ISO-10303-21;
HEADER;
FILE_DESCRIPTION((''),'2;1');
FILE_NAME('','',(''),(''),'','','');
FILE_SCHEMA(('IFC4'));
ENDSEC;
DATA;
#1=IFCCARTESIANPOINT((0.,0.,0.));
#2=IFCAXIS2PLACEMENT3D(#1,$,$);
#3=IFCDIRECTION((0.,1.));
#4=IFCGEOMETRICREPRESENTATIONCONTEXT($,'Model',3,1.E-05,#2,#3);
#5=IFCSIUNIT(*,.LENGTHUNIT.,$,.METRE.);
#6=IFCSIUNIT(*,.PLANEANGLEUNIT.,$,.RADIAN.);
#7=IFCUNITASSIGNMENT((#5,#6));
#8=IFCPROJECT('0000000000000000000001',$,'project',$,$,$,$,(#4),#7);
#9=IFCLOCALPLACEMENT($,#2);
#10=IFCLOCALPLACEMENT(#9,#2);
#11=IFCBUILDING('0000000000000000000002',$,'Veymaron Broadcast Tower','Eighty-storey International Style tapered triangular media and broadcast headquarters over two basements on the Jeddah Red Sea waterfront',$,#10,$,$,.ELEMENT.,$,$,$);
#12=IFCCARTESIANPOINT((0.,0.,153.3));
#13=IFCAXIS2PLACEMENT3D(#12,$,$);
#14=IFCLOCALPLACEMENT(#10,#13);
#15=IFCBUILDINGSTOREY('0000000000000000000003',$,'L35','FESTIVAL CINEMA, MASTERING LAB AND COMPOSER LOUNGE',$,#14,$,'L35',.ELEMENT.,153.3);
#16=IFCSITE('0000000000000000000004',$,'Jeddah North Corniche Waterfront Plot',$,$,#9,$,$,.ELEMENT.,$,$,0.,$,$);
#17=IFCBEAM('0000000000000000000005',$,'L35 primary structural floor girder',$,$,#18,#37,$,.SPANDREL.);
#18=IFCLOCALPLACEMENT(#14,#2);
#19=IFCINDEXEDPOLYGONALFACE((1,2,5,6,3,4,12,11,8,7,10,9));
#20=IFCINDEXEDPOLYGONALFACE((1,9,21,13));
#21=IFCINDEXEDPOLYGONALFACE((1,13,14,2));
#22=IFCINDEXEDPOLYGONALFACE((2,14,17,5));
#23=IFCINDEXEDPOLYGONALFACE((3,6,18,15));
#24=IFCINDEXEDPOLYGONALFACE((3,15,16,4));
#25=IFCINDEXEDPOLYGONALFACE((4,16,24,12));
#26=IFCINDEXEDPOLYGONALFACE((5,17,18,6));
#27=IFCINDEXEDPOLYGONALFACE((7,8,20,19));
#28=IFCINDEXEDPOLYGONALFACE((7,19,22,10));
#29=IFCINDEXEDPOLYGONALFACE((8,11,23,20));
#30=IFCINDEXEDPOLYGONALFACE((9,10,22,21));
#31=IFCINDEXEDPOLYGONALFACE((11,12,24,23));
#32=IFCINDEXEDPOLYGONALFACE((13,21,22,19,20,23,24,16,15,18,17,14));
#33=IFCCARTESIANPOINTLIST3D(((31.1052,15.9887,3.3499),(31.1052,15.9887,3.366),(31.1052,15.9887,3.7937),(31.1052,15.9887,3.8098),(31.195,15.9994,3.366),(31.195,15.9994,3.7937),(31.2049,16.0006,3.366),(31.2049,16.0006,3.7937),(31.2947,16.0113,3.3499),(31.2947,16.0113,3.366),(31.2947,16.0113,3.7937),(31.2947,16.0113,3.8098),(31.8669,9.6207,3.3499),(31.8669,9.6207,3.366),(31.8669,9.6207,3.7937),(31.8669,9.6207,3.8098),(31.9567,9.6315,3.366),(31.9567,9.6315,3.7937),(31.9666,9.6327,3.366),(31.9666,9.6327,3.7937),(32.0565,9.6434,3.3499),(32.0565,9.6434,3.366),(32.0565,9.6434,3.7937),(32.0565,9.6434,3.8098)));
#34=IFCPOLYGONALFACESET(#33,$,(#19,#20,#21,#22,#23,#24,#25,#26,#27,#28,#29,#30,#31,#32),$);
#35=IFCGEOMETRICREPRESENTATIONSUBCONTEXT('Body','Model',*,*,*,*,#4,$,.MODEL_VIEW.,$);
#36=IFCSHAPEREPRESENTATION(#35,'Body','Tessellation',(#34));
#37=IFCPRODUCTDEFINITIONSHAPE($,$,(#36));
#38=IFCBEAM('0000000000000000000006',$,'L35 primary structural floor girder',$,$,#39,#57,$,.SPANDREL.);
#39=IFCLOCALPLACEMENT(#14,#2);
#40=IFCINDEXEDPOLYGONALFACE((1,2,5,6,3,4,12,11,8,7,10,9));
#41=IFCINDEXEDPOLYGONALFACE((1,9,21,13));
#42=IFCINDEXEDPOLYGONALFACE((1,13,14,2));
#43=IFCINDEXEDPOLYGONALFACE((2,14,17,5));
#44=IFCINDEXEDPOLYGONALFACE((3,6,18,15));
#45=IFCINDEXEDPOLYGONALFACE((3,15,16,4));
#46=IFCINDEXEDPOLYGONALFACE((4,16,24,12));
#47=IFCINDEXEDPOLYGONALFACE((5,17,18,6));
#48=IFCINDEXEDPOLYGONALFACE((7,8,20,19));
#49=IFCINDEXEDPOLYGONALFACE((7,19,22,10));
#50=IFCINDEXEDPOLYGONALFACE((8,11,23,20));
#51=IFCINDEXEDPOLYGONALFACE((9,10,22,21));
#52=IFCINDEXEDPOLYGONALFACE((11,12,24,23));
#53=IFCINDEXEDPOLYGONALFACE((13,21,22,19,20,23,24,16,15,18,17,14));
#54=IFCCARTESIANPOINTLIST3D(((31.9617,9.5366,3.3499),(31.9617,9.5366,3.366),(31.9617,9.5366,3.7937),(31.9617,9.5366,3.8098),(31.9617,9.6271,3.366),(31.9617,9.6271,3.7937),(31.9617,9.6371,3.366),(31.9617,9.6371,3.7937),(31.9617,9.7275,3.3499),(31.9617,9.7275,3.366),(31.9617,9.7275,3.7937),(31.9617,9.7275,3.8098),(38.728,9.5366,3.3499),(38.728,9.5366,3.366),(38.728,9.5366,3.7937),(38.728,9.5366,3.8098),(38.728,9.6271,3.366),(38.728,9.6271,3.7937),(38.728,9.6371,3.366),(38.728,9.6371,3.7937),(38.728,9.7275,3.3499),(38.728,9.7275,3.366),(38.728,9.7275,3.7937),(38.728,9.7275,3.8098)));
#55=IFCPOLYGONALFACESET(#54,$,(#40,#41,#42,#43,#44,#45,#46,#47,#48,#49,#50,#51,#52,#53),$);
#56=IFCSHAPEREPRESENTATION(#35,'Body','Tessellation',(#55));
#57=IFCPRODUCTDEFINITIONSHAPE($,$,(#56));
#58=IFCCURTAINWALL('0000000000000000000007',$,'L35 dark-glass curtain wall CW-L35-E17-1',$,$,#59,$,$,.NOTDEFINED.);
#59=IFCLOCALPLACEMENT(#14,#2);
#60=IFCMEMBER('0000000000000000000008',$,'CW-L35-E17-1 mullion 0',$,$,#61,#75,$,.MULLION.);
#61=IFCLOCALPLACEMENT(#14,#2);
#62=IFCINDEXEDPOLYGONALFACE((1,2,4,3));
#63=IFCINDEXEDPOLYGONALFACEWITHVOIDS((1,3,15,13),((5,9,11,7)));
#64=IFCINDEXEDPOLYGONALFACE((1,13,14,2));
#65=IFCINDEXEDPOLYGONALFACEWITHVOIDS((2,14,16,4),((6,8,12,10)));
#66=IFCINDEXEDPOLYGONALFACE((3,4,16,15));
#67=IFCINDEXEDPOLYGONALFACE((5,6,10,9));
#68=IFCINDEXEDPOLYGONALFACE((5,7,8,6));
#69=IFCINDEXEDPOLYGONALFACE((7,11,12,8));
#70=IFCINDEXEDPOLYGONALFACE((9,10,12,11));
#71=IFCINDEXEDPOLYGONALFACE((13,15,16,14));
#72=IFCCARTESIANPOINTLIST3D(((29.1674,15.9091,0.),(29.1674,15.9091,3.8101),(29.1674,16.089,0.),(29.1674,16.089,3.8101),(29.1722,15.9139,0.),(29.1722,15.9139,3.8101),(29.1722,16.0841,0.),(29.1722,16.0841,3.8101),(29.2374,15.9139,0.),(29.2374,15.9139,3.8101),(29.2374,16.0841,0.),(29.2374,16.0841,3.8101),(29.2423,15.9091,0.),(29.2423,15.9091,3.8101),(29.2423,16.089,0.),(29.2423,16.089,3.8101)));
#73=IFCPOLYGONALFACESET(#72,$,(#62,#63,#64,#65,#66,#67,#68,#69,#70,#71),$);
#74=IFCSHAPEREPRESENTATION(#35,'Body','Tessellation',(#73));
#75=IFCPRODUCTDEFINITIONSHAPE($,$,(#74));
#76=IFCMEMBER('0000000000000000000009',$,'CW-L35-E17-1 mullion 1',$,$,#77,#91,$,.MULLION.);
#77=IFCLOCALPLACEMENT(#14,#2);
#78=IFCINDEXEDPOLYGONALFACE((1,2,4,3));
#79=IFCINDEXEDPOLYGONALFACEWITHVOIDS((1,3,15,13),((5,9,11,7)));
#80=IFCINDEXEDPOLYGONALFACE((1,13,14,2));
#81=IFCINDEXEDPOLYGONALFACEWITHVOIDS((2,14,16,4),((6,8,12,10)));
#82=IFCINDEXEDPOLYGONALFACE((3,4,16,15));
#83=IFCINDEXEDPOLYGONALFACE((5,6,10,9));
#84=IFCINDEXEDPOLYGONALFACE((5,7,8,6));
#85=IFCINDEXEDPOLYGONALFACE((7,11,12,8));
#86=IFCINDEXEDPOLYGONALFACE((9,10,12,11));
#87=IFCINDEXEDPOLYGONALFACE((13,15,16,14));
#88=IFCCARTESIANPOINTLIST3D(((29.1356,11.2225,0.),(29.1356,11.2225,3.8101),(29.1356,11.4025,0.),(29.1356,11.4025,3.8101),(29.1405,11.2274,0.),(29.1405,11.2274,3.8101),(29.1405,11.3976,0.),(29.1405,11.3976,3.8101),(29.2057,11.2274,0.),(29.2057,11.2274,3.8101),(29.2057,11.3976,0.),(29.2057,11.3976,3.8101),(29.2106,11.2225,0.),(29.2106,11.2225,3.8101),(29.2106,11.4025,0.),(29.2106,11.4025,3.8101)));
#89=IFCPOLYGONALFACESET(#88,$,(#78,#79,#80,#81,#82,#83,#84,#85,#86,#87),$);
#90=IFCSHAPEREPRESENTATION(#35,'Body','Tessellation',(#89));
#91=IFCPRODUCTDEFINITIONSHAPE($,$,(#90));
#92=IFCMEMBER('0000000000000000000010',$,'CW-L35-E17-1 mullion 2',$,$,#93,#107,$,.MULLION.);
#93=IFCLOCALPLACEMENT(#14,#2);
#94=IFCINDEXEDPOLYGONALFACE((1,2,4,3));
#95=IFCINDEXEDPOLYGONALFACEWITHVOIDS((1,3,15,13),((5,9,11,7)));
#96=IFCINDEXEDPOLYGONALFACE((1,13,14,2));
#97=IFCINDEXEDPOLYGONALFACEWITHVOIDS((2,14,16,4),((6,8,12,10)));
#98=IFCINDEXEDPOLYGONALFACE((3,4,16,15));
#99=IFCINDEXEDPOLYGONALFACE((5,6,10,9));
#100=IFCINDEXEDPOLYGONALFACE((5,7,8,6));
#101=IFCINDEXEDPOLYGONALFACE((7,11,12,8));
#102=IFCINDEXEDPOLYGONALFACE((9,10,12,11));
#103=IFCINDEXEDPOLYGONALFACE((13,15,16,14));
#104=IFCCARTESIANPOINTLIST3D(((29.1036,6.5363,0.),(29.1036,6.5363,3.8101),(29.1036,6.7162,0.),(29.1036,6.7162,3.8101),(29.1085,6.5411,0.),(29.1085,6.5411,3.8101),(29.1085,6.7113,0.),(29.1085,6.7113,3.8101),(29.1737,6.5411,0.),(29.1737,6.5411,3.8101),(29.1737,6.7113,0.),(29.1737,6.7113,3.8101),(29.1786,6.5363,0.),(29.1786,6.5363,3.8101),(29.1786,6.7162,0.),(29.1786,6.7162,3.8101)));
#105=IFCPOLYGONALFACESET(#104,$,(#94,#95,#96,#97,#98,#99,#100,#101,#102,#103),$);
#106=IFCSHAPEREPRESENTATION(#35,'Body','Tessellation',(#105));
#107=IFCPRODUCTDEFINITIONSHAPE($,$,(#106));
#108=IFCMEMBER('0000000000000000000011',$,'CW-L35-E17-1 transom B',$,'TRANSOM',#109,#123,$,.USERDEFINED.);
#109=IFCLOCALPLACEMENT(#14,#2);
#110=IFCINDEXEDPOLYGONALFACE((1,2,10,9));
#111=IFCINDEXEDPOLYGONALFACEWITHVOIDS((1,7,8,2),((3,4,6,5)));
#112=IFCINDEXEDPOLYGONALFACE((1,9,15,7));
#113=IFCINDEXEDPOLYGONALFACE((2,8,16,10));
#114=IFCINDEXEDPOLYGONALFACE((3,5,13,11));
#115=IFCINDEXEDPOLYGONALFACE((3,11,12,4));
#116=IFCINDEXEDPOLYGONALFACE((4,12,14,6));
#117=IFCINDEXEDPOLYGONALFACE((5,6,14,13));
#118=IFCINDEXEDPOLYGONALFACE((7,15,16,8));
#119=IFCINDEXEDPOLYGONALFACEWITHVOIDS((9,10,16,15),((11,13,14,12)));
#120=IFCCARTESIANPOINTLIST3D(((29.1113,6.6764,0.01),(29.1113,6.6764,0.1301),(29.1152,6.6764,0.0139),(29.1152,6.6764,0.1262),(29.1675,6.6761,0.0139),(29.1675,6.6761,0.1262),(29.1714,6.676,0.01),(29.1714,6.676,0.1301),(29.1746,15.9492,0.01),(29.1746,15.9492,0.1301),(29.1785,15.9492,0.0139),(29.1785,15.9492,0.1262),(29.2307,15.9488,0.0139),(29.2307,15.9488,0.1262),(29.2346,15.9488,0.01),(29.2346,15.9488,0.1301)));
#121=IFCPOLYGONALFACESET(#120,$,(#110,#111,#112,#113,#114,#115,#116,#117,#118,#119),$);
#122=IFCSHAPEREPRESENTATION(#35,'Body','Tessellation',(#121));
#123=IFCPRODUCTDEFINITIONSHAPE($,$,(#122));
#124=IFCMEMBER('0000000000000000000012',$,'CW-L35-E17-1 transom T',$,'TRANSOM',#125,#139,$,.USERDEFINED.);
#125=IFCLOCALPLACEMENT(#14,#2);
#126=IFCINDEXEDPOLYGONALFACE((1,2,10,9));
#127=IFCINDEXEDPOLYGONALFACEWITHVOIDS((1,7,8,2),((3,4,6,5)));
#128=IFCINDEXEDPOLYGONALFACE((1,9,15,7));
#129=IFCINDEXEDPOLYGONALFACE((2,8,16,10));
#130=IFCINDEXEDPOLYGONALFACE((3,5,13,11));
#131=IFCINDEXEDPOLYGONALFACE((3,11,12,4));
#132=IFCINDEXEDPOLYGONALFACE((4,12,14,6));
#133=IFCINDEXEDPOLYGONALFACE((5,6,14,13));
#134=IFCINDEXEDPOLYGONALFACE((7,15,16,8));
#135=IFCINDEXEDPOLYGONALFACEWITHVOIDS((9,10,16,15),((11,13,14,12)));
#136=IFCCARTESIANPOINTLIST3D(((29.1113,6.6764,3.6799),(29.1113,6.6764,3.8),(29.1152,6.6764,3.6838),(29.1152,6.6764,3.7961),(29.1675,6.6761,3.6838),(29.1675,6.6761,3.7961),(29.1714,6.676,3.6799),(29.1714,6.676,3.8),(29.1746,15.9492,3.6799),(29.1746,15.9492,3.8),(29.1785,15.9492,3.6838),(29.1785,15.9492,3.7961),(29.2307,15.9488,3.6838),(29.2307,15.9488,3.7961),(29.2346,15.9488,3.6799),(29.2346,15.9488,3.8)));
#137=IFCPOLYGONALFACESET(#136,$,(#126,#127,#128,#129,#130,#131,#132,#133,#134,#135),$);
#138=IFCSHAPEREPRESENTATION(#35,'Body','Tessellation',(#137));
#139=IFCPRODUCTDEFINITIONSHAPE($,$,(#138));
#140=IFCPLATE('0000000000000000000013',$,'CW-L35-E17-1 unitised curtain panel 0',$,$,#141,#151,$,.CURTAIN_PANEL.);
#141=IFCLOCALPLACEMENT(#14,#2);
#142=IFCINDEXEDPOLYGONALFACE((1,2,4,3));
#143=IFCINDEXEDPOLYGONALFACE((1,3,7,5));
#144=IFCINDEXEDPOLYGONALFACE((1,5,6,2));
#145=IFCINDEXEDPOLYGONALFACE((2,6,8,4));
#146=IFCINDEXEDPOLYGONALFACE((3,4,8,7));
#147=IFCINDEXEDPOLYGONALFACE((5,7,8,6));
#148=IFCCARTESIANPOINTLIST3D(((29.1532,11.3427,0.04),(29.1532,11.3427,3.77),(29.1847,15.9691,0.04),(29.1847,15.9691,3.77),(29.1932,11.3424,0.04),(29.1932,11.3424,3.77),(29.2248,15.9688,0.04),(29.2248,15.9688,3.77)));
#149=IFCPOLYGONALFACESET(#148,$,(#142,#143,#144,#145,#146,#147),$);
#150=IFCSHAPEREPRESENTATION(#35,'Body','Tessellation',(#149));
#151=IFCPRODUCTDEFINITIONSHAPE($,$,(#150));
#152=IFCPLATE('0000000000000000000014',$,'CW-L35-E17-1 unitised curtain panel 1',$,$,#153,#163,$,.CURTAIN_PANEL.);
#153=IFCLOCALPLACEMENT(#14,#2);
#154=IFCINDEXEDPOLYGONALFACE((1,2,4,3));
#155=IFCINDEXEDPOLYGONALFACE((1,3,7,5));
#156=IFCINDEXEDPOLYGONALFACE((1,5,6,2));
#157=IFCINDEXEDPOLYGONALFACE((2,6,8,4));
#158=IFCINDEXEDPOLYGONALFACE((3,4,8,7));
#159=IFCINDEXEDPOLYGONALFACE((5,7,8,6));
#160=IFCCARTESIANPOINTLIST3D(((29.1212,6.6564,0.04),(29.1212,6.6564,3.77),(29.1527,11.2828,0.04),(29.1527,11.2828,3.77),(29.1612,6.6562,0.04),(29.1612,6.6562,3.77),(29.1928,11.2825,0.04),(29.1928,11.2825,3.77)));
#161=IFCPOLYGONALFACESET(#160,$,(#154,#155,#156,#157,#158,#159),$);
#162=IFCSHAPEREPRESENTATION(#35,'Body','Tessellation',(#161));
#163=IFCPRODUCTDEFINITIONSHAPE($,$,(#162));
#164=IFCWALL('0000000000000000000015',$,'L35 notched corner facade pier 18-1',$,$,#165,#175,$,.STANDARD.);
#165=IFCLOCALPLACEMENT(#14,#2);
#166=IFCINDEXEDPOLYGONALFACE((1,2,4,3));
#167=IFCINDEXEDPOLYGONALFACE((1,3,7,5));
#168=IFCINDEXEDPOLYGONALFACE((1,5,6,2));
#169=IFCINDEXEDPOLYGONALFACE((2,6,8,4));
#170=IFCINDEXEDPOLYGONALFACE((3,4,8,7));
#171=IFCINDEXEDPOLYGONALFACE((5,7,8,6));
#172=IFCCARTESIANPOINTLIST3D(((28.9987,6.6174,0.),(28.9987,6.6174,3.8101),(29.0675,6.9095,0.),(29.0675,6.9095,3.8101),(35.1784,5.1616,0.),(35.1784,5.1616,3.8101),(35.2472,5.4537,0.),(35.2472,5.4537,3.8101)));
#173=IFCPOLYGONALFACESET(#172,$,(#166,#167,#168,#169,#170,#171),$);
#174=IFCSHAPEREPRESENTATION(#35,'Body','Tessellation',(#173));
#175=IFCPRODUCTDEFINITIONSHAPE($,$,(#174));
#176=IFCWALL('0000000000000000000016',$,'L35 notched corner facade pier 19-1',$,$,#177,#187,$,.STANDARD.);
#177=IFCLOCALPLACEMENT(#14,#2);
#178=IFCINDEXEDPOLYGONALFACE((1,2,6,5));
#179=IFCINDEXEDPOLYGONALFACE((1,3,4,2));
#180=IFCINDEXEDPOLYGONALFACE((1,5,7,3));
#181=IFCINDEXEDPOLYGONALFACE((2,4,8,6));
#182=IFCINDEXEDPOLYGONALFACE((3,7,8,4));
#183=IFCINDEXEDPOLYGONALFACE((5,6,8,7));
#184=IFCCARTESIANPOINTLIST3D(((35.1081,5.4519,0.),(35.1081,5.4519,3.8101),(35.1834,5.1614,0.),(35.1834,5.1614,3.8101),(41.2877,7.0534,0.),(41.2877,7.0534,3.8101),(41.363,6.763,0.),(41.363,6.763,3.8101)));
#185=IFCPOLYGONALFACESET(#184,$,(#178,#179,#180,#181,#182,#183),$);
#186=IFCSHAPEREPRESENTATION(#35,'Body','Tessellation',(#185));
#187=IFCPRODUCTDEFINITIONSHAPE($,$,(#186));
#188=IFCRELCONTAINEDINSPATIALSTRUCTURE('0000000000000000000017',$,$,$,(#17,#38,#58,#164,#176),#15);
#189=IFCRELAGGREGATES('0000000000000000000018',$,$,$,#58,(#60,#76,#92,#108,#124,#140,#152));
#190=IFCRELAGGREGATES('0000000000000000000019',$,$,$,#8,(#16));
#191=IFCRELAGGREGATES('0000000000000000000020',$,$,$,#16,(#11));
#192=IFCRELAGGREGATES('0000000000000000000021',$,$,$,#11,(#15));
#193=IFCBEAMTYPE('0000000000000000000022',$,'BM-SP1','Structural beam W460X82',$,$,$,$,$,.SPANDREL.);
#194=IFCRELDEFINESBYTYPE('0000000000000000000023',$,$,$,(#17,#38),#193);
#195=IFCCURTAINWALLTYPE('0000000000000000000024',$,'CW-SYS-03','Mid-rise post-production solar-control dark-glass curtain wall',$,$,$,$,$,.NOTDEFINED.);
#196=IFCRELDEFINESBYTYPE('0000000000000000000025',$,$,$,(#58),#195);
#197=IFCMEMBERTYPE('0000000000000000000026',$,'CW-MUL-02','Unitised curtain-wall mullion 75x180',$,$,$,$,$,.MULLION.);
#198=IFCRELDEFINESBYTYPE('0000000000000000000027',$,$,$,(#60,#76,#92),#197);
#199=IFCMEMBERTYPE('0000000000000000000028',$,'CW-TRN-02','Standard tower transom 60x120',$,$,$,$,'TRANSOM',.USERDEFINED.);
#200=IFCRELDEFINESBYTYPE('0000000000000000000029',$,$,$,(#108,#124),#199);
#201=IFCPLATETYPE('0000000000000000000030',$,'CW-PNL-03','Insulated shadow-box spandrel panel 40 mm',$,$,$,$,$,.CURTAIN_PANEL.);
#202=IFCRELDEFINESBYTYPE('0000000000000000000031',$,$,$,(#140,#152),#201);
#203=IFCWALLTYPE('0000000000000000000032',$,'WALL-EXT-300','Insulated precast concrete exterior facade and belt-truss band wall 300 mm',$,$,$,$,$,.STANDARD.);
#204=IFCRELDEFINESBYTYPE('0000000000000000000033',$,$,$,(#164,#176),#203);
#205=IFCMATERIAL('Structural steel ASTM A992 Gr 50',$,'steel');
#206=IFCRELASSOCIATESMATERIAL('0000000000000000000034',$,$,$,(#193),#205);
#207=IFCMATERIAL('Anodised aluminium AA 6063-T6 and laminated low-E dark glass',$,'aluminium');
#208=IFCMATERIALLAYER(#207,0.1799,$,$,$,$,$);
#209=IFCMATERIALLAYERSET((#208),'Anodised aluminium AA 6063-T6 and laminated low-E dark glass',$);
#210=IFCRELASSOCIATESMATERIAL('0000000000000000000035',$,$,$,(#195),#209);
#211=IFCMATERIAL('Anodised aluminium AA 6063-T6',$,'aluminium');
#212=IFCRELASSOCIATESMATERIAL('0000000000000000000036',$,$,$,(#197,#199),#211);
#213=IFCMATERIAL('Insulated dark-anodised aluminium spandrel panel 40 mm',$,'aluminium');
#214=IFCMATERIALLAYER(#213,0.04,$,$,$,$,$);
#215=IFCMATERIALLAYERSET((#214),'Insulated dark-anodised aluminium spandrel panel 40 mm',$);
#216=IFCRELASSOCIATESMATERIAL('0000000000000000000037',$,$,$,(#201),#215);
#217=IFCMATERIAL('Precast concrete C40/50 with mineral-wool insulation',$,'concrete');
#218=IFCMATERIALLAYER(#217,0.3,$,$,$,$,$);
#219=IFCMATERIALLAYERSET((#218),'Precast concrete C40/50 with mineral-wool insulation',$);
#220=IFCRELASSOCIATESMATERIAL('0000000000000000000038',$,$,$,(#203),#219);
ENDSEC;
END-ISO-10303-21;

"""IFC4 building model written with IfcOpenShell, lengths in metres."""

from ifc_helpers import new_model, si_unit, direction, frame, frame_2d, origin, origin_2d, place, context, subcontext, project, spatial, rectangle, hollow_rectangle, i_section, extrude, material, layer, layer_set, material_profile, profile_set, type_object, element, aggregate, save


model = new_model("IFC4")

# Units and contexts
model_context = context("Model", 3, precision=1e-05, world=origin(), true_north=direction((0.0, 1.0)))
body_context = subcontext(model_context, "Body", "Model", "MODEL_VIEW")
ifc_project = project(units=[si_unit("LENGTHUNIT", "METRE"), si_unit("PLANEANGLEUNIT", "RADIAN")], contexts=[model_context])

# Site, building, storey
site_placement = place(None, origin())
site = spatial("IfcSite", under=ifc_project, at=site_placement, Name="Jeddah North Corniche Waterfront Plot", CompositionType="ELEMENT", RefElevation=0.0)
building_placement = place(site_placement, origin())
building = spatial("IfcBuilding", under=site, at=building_placement, Name="Veymaron Broadcast Tower", Description="Eighty-storey International Style tapered triangular media and broadcast headquarters over two basements on the Jeddah Red Sea waterfront", CompositionType="ELEMENT")
storey_placement = place(building_placement, frame((0.0, 0.0, 153.3)))
storey = spatial("IfcBuildingStorey", under=building, at=storey_placement, Name="L35", Description="FESTIVAL CINEMA, MASTERING LAB AND COMPOSER LOUNGE", LongName="L35", CompositionType="ELEMENT", Elevation=153.3)

# Shared definitions
ifc_material_1 = material(Name="Structural steel ASTM A992 Gr 50", Category="steel")

# Beams
ifc_material_profile_1 = material_profile(ifc_material_1, i_section(OverallWidth=0.1909, OverallDepth=0.46, WebThickness=0.01, FlangeThickness=0.0161, at=origin_2d()), Name="W460X82")
ifc_profile_set_1 = profile_set([ifc_material_profile_1], Name="Structural steel ASTM A992 Gr 50")
beam_type_1 = type_object("IfcBeamType", Name="BM-SP1", Description="Structural beam W460X82", PredefinedType="SPANDREL", material=ifc_profile_set_1)
beam_1_placement = place(storey_placement, frame((31.2, 16.0, 3.5798), z_axis=(0.118771, -0.992922, 0.0), x_axis=(0.992922, 0.118771, 0.0)))
element("IfcBeam", 1, at=beam_1_placement, inside=storey, type_object=beam_type_1, Name="L35 primary structural floor girder", PredefinedType="SPANDREL", context=body_context, shape_type="SweptSolid", body=[
    extrude(i_section(OverallWidth=0.1909, OverallDepth=0.46, WebThickness=0.01, FlangeThickness=0.0161, at=origin_2d()), origin(), (0.0, 0.0, 1.0), 6.4133),
])
beam_2_placement = place(storey_placement, frame((31.9617, 9.6321, 3.5798), z_axis=(1.0, 0.0, 0.0), x_axis=(0.0, 1.0, 0.0)))
element("IfcBeam", 2, at=beam_2_placement, inside=storey, type_object=beam_type_1, Name="L35 primary structural floor girder", PredefinedType="SPANDREL", context=body_context, shape_type="SweptSolid", body=[
    extrude(i_section(OverallWidth=0.1909, OverallDepth=0.46, WebThickness=0.01, FlangeThickness=0.0161, at=origin_2d()), origin(), (0.0, 0.0, 1.0), 6.7664),
])

# Curtain wall, members, plates
ifc_material_2 = material(Name="Anodised aluminium AA 6063-T6 and laminated low-E dark glass", Category="aluminium")
ifc_layer_1 = layer(ifc_material_2, 0.1799)
ifc_layer_set_1 = layer_set([ifc_layer_1], Name="Anodised aluminium AA 6063-T6 and laminated low-E dark glass")
curtain_wall_type = type_object("IfcCurtainWallType", Name="CW-SYS-03", Description="Mid-rise post-production solar-control dark-glass curtain wall", PredefinedType="NOTDEFINED", material=ifc_layer_set_1)
curtain_wall_placement = place(storey_placement, origin())
curtain_wall = element("IfcCurtainWall", 3, at=curtain_wall_placement, inside=storey, type_object=curtain_wall_type, Name="L35 dark-glass curtain wall CW-L35-E17-1", PredefinedType="NOTDEFINED")
ifc_material_3 = material(Name="Anodised aluminium AA 6063-T6", Category="aluminium")
ifc_material_profile_2 = material_profile(ifc_material_3, hollow_rectangle(XDim=0.075, YDim=0.1799, WallThickness=0.0049, at=origin_2d()), Name="AL180X75X5")
ifc_profile_set_2 = profile_set([ifc_material_profile_2], Name="Anodised aluminium AA 6063-T6")
member_type_1 = type_object("IfcMemberType", Name="CW-MUL-02", Description="Unitised curtain-wall mullion 75x180", PredefinedType="MULLION", material=ifc_profile_set_2)
member_1_placement = place(storey_placement, frame((29.2048, 15.999, 0.0), z_axis=(0.0, 0.0, 1.0), x_axis=(1.0, 0.0, 0.0)))
member_1 = element("IfcMember", 4, at=member_1_placement, type_object=member_type_1, Name="CW-L35-E17-1 mullion 0", PredefinedType="MULLION", context=body_context, shape_type="SweptSolid", body=[
    extrude(hollow_rectangle(XDim=0.075, YDim=0.1799, WallThickness=0.0049, at=origin_2d()), origin(), (0.0, 0.0, 1.0), 3.8101),
])
member_2_placement = place(storey_placement, frame((29.1731, 11.3125, 0.0), z_axis=(0.0, 0.0, 1.0), x_axis=(1.0, 0.0, 0.0)))
member_2 = element("IfcMember", 5, at=member_2_placement, type_object=member_type_1, Name="CW-L35-E17-1 mullion 1", PredefinedType="MULLION", context=body_context, shape_type="SweptSolid", body=[
    extrude(hollow_rectangle(XDim=0.075, YDim=0.1799, WallThickness=0.0049, at=origin_2d()), origin(), (0.0, 0.0, 1.0), 3.8101),
])
member_3_placement = place(storey_placement, frame((29.1411, 6.6262, 0.0), z_axis=(0.0, 0.0, 1.0), x_axis=(1.0, 0.0, 0.0)))
member_3 = element("IfcMember", 6, at=member_3_placement, type_object=member_type_1, Name="CW-L35-E17-1 mullion 2", PredefinedType="MULLION", context=body_context, shape_type="SweptSolid", body=[
    extrude(hollow_rectangle(XDim=0.075, YDim=0.1799, WallThickness=0.0049, at=origin_2d()), origin(), (0.0, 0.0, 1.0), 3.8101),
])
ifc_material_profile_3 = material_profile(ifc_material_3, hollow_rectangle(XDim=0.0601, YDim=0.1201, WallThickness=0.0039, at=origin_2d()), Name="AL120X60X4")
ifc_profile_set_3 = profile_set([ifc_material_profile_3], Name="Anodised aluminium AA 6063-T6")
member_type_2 = type_object("IfcMemberType", Name="CW-TRN-02", Description="Standard tower transom 60x120", ElementType="TRANSOM", PredefinedType="USERDEFINED", material=ifc_profile_set_3)
member_4_placement = place(storey_placement, frame((29.2046, 15.949, 0.0701), z_axis=(-0.006819, -0.999977, 0.0), x_axis=(0.999977, -0.006819, 0.0)))
member_4 = element("IfcMember", 7, at=member_4_placement, type_object=member_type_2, Name="CW-L35-E17-1 transom B", ObjectType="TRANSOM", PredefinedType="USERDEFINED", context=body_context, shape_type="SweptSolid", body=[
    extrude(hollow_rectangle(XDim=0.0601, YDim=0.1201, WallThickness=0.0039, at=origin_2d()), origin(), (0.0, 0.0, 1.0), 9.2729),
])
member_5_placement = place(storey_placement, frame((29.2046, 15.949, 3.74), z_axis=(-0.006819, -0.999977, 0.0), x_axis=(0.999977, -0.006819, 0.0)))
member_5 = element("IfcMember", 8, at=member_5_placement, type_object=member_type_2, Name="CW-L35-E17-1 transom T", ObjectType="TRANSOM", PredefinedType="USERDEFINED", context=body_context, shape_type="SweptSolid", body=[
    extrude(hollow_rectangle(XDim=0.0601, YDim=0.1201, WallThickness=0.0039, at=origin_2d()), origin(), (0.0, 0.0, 1.0), 9.2729),
])
ifc_material_4 = material(Name="Insulated dark-anodised aluminium spandrel panel 40 mm", Category="aluminium")
ifc_layer_2 = layer(ifc_material_4, 0.04)
ifc_layer_set_2 = layer_set([ifc_layer_2], Name="Insulated dark-anodised aluminium spandrel panel 40 mm")
plate_type = type_object("IfcPlateType", Name="CW-PNL-03", Description="Insulated shadow-box spandrel panel 40 mm", PredefinedType="CURTAIN_PANEL", material=ifc_layer_set_2)
plate_1_placement = place(storey_placement, frame((29.189, 13.6558, 0.04), z_axis=(0.0, 0.0, 1.0), x_axis=(-0.006824, -0.999977, 0.0)))
plate_1 = element("IfcPlate", 9, at=plate_1_placement, type_object=plate_type, Name="CW-L35-E17-1 unitised curtain panel 0", PredefinedType="CURTAIN_PANEL", context=body_context, shape_type="SweptSolid", body=[
    extrude(rectangle(XDim=4.6265, YDim=0.04, at=origin_2d()), origin(), (0.0, 0.0, 1.0), 3.73),
])
plate_2_placement = place(storey_placement, frame((29.157, 8.9695, 0.04), z_axis=(0.0, 0.0, 1.0), x_axis=(-0.006824, -0.999977, 0.0)))
plate_2 = element("IfcPlate", 10, at=plate_2_placement, type_object=plate_type, Name="CW-L35-E17-1 unitised curtain panel 1", PredefinedType="CURTAIN_PANEL", context=body_context, shape_type="SweptSolid", body=[
    extrude(rectangle(XDim=4.6265, YDim=0.04, at=origin_2d()), origin(), (0.0, 0.0, 1.0), 3.73),
])
aggregate(curtain_wall, [member_1, member_2, member_3, member_4, member_5, plate_1, plate_2])

# Walls
ifc_material_5 = material(Name="Precast concrete C40/50 with mineral-wool insulation", Category="concrete")
ifc_layer_3 = layer(ifc_material_5, 0.3)
ifc_layer_set_3 = layer_set([ifc_layer_3], Name="Precast concrete C40/50 with mineral-wool insulation")
wall_type_1 = type_object("IfcWallType", Name="WALL-EXT-300", Description="Insulated precast concrete exterior facade and belt-truss band wall 300 mm", PredefinedType="STANDARD", material=ifc_layer_set_3)
wall_1_placement = place(storey_placement, frame((29.0332, 6.7634, 0.0), z_axis=(0.0, 0.0, 1.0), x_axis=(0.973355, -0.229303, 0.0)))
element("IfcWall", 11, at=wall_1_placement, inside=storey, type_object=wall_type_1, Name="L35 notched corner facade pier 18-1", PredefinedType="STANDARD", context=body_context, shape_type="SweptSolid", body=[
    extrude(rectangle(XDim=6.3489, YDim=0.3, at=frame_2d((3.1743, 0.0))), origin(), (0.0, 0.0, 1.0), 3.8101),
])
wall_2_placement = place(storey_placement, frame((35.1458, 5.3066, 0.0), z_axis=(0.0, 0.0, 1.0), x_axis=(0.968019, 0.250877, 0.0)))
element("IfcWall", 12, at=wall_2_placement, inside=storey, type_object=wall_type_1, Name="L35 notched corner facade pier 19-1", PredefinedType="STANDARD", context=body_context, shape_type="SweptSolid", body=[
    extrude(rectangle(XDim=6.3838, YDim=0.3, at=frame_2d((3.1919, 0.0))), origin(), (0.0, 0.0, 1.0), 3.8101),
])

save(model, "model.ifc")
